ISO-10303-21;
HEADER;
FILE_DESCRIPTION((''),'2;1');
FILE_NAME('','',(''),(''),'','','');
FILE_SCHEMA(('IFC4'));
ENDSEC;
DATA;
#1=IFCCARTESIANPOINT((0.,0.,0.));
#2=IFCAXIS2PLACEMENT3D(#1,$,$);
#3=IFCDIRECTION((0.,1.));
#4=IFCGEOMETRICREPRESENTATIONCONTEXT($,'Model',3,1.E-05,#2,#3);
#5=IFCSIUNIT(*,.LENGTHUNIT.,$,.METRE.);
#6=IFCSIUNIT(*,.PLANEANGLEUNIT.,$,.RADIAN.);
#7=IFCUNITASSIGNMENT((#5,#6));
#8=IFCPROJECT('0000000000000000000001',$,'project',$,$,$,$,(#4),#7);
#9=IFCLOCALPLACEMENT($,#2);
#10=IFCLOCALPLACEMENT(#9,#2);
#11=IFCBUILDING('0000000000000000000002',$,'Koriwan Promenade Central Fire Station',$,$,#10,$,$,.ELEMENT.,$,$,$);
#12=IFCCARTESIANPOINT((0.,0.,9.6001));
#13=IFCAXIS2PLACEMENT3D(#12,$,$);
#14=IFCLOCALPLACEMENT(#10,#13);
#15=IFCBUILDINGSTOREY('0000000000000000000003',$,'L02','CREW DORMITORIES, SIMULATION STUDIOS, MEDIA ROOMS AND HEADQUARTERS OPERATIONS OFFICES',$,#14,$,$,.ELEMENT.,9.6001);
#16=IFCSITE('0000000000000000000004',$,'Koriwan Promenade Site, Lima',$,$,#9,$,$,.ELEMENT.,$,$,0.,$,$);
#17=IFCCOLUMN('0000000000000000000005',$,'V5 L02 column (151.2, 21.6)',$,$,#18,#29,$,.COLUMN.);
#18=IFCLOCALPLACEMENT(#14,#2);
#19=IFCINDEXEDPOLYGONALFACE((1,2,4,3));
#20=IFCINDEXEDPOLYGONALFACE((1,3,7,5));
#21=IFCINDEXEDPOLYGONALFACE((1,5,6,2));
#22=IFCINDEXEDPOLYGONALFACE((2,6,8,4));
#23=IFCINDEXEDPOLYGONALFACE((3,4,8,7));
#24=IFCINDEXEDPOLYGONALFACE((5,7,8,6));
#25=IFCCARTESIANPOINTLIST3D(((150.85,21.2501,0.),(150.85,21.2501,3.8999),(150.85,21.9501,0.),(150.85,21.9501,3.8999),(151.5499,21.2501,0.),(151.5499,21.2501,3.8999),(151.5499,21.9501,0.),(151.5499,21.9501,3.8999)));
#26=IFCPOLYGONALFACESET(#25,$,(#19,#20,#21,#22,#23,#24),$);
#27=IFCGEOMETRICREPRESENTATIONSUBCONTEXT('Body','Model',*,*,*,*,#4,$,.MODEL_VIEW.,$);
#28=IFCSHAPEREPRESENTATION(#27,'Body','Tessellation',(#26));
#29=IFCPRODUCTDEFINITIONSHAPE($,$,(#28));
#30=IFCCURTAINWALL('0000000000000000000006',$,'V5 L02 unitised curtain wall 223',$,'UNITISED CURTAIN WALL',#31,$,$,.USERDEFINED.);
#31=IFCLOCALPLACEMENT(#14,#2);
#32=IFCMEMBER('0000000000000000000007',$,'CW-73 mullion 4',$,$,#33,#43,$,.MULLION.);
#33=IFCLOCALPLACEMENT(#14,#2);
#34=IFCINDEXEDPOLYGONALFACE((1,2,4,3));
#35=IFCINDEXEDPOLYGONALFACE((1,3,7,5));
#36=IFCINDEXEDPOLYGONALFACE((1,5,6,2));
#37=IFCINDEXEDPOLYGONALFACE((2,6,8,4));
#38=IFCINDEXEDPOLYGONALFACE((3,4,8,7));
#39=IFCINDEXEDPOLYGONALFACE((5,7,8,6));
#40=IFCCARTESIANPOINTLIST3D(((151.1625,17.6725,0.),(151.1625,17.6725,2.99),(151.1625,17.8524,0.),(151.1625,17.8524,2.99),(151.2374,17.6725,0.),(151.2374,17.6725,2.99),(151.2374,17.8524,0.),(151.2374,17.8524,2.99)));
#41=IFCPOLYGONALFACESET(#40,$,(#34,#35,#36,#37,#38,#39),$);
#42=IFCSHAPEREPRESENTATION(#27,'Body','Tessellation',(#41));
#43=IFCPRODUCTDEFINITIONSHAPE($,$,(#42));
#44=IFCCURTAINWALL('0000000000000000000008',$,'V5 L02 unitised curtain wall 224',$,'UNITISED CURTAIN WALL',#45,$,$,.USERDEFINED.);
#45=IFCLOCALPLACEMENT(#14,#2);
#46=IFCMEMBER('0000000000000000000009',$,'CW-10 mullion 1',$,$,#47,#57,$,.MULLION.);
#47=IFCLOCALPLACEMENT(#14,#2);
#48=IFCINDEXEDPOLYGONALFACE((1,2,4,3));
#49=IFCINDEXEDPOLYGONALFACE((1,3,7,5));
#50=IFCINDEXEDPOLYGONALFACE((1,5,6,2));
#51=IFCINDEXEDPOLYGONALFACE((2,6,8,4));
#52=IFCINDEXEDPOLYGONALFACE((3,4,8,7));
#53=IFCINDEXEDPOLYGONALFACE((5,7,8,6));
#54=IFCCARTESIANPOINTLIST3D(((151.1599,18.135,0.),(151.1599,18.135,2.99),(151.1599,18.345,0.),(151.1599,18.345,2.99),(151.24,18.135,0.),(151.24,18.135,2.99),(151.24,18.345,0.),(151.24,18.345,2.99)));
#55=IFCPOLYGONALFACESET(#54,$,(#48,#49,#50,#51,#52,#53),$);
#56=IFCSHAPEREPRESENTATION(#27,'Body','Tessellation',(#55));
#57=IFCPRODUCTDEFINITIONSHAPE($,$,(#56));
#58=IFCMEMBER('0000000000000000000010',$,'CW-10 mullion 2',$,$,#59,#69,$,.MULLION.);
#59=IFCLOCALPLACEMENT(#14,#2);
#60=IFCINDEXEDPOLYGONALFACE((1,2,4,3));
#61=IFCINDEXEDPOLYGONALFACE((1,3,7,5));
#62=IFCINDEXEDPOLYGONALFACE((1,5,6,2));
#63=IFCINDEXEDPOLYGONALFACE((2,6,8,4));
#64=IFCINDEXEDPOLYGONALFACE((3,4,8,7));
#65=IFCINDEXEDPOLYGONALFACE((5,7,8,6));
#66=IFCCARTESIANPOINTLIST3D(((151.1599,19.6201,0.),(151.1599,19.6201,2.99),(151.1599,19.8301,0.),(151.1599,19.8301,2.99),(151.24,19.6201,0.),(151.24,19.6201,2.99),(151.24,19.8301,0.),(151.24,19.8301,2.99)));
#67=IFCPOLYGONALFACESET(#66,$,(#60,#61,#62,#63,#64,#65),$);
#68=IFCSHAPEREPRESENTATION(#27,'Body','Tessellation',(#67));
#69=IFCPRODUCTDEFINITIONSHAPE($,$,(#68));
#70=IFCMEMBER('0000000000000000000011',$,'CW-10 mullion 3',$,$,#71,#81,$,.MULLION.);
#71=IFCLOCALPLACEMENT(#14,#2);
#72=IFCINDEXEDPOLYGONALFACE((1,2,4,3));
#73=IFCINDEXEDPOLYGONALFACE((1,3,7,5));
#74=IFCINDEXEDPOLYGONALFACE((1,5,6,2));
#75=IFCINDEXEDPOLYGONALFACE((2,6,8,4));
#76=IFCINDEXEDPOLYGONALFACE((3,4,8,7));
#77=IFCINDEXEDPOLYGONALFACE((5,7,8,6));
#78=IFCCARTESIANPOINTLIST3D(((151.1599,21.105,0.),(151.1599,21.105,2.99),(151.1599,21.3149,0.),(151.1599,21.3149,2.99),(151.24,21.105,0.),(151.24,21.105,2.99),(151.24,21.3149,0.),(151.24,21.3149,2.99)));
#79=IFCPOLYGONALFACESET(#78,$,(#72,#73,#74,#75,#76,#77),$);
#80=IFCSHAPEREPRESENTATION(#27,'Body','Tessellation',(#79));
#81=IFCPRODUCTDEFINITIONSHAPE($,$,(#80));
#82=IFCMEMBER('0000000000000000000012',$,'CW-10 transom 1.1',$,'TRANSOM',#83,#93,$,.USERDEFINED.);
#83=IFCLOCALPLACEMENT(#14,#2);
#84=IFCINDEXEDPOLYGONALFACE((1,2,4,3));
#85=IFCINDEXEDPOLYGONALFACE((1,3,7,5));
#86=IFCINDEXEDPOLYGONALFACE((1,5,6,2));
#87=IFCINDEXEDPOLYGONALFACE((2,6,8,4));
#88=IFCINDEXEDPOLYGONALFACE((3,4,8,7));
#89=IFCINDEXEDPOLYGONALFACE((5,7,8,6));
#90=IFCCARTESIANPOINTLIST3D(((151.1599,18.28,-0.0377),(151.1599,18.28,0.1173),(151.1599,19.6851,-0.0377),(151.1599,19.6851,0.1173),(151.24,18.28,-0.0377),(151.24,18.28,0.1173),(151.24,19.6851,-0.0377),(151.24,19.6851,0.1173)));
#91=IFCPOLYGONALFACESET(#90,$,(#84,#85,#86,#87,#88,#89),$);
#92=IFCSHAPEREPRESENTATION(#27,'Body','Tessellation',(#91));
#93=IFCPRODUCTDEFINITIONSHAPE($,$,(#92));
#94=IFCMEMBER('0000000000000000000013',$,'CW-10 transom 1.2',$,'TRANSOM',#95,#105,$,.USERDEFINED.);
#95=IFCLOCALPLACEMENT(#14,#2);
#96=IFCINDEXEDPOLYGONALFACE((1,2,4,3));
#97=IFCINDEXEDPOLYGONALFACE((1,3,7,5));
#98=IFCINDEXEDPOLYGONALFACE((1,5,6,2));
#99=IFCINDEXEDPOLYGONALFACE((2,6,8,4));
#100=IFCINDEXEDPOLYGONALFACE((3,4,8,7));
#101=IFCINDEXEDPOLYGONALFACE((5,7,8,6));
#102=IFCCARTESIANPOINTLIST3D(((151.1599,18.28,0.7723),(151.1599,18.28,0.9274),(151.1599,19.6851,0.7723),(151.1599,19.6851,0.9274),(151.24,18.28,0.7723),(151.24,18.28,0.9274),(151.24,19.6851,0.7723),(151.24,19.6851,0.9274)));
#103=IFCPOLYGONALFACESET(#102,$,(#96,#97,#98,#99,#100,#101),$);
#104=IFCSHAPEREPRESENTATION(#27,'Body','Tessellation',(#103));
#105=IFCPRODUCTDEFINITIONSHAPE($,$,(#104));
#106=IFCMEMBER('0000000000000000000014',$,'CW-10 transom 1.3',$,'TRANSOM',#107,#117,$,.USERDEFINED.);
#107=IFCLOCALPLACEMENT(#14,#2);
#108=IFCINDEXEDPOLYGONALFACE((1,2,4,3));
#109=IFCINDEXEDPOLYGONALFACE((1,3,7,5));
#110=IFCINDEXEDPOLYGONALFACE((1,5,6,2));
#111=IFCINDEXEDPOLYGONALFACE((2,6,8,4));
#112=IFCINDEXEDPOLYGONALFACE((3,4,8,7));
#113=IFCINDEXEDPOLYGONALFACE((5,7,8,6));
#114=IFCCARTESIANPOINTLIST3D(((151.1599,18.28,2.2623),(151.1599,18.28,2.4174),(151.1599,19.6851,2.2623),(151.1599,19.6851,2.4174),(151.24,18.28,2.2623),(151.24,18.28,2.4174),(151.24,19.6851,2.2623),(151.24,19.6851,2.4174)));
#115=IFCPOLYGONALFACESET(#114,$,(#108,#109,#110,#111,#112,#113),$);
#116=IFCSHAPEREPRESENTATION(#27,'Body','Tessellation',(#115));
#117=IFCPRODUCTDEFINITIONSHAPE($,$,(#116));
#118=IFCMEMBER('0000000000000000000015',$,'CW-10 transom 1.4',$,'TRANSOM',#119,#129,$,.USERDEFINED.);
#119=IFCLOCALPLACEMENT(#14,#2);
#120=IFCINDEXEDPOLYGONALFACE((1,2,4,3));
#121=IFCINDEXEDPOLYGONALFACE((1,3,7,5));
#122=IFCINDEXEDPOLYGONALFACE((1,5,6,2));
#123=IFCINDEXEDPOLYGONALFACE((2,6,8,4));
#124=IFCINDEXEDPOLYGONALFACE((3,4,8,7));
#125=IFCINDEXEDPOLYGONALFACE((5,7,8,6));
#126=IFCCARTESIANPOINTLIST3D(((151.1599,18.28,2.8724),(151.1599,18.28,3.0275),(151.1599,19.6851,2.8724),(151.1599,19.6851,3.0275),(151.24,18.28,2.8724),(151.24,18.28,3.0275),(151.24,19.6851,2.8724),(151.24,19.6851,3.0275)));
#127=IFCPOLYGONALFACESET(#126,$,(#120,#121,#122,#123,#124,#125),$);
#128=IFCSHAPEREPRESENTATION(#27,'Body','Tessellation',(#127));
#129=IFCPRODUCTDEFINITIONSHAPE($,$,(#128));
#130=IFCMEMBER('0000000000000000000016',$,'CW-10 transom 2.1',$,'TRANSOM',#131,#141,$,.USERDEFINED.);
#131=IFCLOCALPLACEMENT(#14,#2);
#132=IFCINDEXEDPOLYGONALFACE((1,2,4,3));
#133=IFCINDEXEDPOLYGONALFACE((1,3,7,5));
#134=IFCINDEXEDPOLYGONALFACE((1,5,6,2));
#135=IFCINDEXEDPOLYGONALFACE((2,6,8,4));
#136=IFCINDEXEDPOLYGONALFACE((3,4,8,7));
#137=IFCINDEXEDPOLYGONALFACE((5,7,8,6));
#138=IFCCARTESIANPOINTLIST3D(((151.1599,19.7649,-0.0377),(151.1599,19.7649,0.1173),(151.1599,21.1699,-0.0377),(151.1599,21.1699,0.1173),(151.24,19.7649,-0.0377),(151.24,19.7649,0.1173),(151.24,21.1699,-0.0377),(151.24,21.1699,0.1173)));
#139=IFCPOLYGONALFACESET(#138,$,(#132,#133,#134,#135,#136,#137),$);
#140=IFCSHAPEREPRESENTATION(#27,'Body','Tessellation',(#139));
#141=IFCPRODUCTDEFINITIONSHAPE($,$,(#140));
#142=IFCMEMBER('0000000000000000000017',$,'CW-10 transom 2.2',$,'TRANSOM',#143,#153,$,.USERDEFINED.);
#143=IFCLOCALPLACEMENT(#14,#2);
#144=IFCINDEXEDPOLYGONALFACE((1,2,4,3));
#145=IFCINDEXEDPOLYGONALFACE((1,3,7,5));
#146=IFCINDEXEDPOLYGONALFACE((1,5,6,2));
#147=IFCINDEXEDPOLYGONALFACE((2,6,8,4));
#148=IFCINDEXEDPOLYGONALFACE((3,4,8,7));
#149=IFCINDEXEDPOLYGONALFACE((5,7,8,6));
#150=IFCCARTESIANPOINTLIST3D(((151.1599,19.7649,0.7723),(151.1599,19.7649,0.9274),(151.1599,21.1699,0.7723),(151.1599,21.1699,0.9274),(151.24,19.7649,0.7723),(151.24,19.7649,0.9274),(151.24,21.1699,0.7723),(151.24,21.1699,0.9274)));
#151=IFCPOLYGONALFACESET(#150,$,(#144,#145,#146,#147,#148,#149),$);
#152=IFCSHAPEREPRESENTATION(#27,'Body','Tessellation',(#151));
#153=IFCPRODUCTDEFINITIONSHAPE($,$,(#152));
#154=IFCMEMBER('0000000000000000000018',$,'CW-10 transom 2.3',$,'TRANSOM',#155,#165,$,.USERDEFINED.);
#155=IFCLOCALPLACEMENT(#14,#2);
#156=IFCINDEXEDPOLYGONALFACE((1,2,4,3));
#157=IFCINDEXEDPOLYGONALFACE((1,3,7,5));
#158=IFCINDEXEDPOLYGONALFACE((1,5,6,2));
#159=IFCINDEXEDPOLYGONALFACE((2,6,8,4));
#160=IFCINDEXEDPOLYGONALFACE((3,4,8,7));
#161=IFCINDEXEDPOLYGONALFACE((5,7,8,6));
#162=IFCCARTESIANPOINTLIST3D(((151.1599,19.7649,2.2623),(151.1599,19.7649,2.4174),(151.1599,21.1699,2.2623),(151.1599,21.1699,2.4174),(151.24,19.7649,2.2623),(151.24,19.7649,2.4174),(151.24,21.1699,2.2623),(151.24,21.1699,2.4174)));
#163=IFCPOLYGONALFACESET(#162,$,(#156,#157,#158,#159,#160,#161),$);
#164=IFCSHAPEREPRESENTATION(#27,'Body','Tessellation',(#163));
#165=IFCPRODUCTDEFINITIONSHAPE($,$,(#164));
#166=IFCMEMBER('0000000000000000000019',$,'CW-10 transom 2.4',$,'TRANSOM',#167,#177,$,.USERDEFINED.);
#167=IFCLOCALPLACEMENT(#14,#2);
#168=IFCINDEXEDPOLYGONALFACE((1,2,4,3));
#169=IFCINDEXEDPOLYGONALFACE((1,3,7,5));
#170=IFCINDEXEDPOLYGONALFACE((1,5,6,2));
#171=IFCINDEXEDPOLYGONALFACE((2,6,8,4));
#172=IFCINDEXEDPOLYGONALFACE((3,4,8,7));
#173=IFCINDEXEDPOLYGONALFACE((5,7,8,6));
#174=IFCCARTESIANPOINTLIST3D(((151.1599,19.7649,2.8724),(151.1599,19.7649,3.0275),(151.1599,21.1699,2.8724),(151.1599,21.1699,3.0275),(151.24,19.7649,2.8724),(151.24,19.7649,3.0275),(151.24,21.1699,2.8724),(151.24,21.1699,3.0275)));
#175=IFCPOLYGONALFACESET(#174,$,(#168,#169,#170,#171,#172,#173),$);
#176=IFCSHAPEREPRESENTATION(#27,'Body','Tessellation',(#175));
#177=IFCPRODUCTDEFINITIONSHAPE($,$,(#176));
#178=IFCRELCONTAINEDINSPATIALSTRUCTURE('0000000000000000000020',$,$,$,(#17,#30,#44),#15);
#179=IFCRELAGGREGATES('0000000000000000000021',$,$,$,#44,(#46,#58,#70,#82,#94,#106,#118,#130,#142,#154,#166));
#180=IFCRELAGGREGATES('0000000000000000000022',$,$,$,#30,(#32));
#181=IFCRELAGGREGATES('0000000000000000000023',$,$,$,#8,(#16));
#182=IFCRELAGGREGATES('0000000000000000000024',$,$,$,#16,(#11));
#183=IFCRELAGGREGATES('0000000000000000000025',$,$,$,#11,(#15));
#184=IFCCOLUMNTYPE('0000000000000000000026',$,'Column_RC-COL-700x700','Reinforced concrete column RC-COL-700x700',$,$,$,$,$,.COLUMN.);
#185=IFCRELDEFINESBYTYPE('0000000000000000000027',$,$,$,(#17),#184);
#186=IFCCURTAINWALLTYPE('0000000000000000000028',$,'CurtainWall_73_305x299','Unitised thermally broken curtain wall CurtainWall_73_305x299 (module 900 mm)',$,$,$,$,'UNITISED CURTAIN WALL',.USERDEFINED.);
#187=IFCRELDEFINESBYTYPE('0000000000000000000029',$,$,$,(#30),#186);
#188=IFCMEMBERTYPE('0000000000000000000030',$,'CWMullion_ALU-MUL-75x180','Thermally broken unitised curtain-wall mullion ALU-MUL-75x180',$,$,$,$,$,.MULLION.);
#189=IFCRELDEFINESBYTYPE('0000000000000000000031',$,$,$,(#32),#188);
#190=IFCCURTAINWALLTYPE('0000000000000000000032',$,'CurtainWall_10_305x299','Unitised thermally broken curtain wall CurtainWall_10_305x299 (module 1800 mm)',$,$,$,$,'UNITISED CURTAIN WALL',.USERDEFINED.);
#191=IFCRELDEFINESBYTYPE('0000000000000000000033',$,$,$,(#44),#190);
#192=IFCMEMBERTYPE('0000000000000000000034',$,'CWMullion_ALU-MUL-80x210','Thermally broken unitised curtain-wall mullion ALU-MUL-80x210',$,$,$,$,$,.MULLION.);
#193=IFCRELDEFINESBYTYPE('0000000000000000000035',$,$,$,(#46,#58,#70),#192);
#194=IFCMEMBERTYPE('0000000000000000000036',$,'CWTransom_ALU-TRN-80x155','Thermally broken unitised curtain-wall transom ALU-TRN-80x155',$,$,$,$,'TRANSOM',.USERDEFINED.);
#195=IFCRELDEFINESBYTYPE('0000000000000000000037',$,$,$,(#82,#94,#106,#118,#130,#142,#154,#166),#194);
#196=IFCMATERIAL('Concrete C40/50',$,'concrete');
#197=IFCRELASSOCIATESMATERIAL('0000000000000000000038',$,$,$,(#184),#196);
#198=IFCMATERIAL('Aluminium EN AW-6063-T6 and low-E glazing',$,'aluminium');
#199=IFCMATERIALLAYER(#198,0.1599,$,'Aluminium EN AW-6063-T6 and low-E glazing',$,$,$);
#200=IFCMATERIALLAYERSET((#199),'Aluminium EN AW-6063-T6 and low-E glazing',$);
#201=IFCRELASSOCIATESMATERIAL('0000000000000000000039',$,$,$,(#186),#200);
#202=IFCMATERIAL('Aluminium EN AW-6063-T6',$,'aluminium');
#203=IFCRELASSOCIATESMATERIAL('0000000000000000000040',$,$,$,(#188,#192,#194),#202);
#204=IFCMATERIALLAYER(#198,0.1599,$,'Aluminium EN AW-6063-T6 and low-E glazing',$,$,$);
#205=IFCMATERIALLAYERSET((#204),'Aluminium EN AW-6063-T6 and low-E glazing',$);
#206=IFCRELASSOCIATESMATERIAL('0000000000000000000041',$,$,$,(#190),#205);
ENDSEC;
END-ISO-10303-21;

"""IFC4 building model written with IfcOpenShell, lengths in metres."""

from ifc_helpers import new_model, si_unit, direction, frame, origin, origin_2d, place, context, subcontext, project, spatial, rectangle, extrude, material, layer, layer_set, material_profile, profile_set, type_object, element, aggregate, save


model = new_model("IFC4")

# Units and contexts
model_context = context("Model", 3, precision=1e-05, world=origin(), true_north=direction((0.0, 1.0)))
body_context = subcontext(model_context, "Body", "Model", "MODEL_VIEW")
ifc_project = project(units=[si_unit("LENGTHUNIT", "METRE"), si_unit("PLANEANGLEUNIT", "RADIAN")], contexts=[model_context])

# Site, building, storey
site_placement = place(None, origin())
site = spatial("IfcSite", under=ifc_project, at=site_placement, Name="Koriwan Promenade Site, Lima", CompositionType="ELEMENT", RefElevation=0.0)
building_placement = place(site_placement, origin())
building = spatial("IfcBuilding", under=site, at=building_placement, Name="Koriwan Promenade Central Fire Station", CompositionType="ELEMENT")
storey_placement = place(building_placement, frame((0.0, 0.0, 9.6001)))
storey = spatial("IfcBuildingStorey", under=building, at=storey_placement, Name="L02", Description="CREW DORMITORIES, SIMULATION STUDIOS, MEDIA ROOMS AND HEADQUARTERS OPERATIONS OFFICES", CompositionType="ELEMENT", Elevation=9.6001)

# Column
ifc_material_1 = material(Name="Concrete C40/50", Category="concrete")
ifc_material_profile_1 = material_profile(ifc_material_1, rectangle(XDim=0.7, YDim=0.7, at=origin_2d()), Name="RC-COL-700x700")
ifc_profile_set_1 = profile_set([ifc_material_profile_1], Name="Concrete C40/50")
column_type = type_object("IfcColumnType", Name="Column_RC-COL-700x700", Description="Reinforced concrete column RC-COL-700x700", PredefinedType="COLUMN", material=ifc_profile_set_1)
column_placement = place(storey_placement, frame((151.2, 21.6001, 0.0), z_axis=(0.0, 0.0, 1.0), x_axis=(1.0, 0.0, 0.0)))
element("IfcColumn", 1, at=column_placement, inside=storey, type_object=column_type, Name="V5 L02 column (151.2, 21.6)", PredefinedType="COLUMN", context=body_context, shape_type="SweptSolid", body=[
    extrude(rectangle(XDim=0.7, YDim=0.7, at=origin_2d()), origin(), (0.0, 0.0, 1.0), 3.8999),
])

# Curtain wall, member
ifc_material_2 = material(Name="Aluminium EN AW-6063-T6 and low-E glazing", Category="aluminium")
ifc_layer_1 = layer(ifc_material_2, 0.1599, Name="Aluminium EN AW-6063-T6 and low-E glazing")
ifc_layer_set_1 = layer_set([ifc_layer_1], Name="Aluminium EN AW-6063-T6 and low-E glazing")
curtain_wall_type_1 = type_object("IfcCurtainWallType", Name="CurtainWall_73_305x299", Description="Unitised thermally broken curtain wall CurtainWall_73_305x299 (module 900 mm)", ElementType="UNITISED CURTAIN WALL", PredefinedType="USERDEFINED", material=ifc_layer_set_1)
curtain_wall_1_placement = place(storey_placement, origin())
curtain_wall_1 = element("IfcCurtainWall", 2, at=curtain_wall_1_placement, inside=storey, type_object=curtain_wall_type_1, Name="V5 L02 unitised curtain wall 223", ObjectType="UNITISED CURTAIN WALL", PredefinedType="USERDEFINED")
ifc_material_3 = material(Name="Aluminium EN AW-6063-T6", Category="aluminium")
ifc_material_profile_2 = material_profile(ifc_material_3, rectangle(XDim=0.075, YDim=0.1799, at=origin_2d()), Name="ALU-MUL-75x180")
ifc_profile_set_2 = profile_set([ifc_material_profile_2], Name="Aluminium EN AW-6063-T6")
member_type_1 = type_object("IfcMemberType", Name="CWMullion_ALU-MUL-75x180", Description="Thermally broken unitised curtain-wall mullion ALU-MUL-75x180", PredefinedType="MULLION", material=ifc_profile_set_2)
member_1_placement = place(storey_placement, frame((151.2, 17.7625, 0.0), z_axis=(0.0, 0.0, 1.0), x_axis=(-1.0, 0.0, 0.0)))
member_1 = element("IfcMember", 3, at=member_1_placement, type_object=member_type_1, Name="CW-73 mullion 4", PredefinedType="MULLION", context=body_context, shape_type="SweptSolid", body=[
    extrude(rectangle(XDim=0.075, YDim=0.1799, at=origin_2d()), origin(), (0.0, 0.0, 1.0), 2.99),
])

# Curtain wall, members
ifc_layer_2 = layer(ifc_material_2, 0.1599, Name="Aluminium EN AW-6063-T6 and low-E glazing")
ifc_layer_set_2 = layer_set([ifc_layer_2], Name="Aluminium EN AW-6063-T6 and low-E glazing")
curtain_wall_type_2 = type_object("IfcCurtainWallType", Name="CurtainWall_10_305x299", Description="Unitised thermally broken curtain wall CurtainWall_10_305x299 (module 1800 mm)", ElementType="UNITISED CURTAIN WALL", PredefinedType="USERDEFINED", material=ifc_layer_set_2)
curtain_wall_2_placement = place(storey_placement, origin())
curtain_wall_2 = element("IfcCurtainWall", 4, at=curtain_wall_2_placement, inside=storey, type_object=curtain_wall_type_2, Name="V5 L02 unitised curtain wall 224", ObjectType="UNITISED CURTAIN WALL", PredefinedType="USERDEFINED")
ifc_material_profile_3 = material_profile(ifc_material_3, rectangle(XDim=0.0801, YDim=0.21, at=origin_2d()), Name="ALU-MUL-80x210")
ifc_profile_set_3 = profile_set([ifc_material_profile_3], Name="Aluminium EN AW-6063-T6")
member_type_2 = type_object("IfcMemberType", Name="CWMullion_ALU-MUL-80x210", Description="Thermally broken unitised curtain-wall mullion ALU-MUL-80x210", PredefinedType="MULLION", material=ifc_profile_set_3)
member_2_placement = place(storey_placement, frame((151.2, 18.24, 0.0), z_axis=(0.0, 0.0, 1.0), x_axis=(-1.0, 0.0, 0.0)))
member_2 = element("IfcMember", 5, at=member_2_placement, type_object=member_type_2, Name="CW-10 mullion 1", PredefinedType="MULLION", context=body_context, shape_type="SweptSolid", body=[
    extrude(rectangle(XDim=0.0801, YDim=0.21, at=origin_2d()), origin(), (0.0, 0.0, 1.0), 2.99),
])
member_3_placement = place(storey_placement, frame((151.2, 19.7251, 0.0), z_axis=(0.0, 0.0, 1.0), x_axis=(-1.0, 0.0, 0.0)))
member_3 = element("IfcMember", 6, at=member_3_placement, type_object=member_type_2, Name="CW-10 mullion 2", PredefinedType="MULLION", context=body_context, shape_type="SweptSolid", body=[
    extrude(rectangle(XDim=0.0801, YDim=0.21, at=origin_2d()), origin(), (0.0, 0.0, 1.0), 2.99),
])
member_4_placement = place(storey_placement, frame((151.2, 21.21, 0.0), z_axis=(0.0, 0.0, 1.0), x_axis=(-1.0, 0.0, 0.0)))
member_4 = element("IfcMember", 7, at=member_4_placement, type_object=member_type_2, Name="CW-10 mullion 3", PredefinedType="MULLION", context=body_context, shape_type="SweptSolid", body=[
    extrude(rectangle(XDim=0.0801, YDim=0.21, at=origin_2d()), origin(), (0.0, 0.0, 1.0), 2.99),
])
ifc_material_profile_4 = material_profile(ifc_material_3, rectangle(XDim=0.0801, YDim=0.155, at=origin_2d()), Name="ALU-TRN-80x155")
ifc_profile_set_4 = profile_set([ifc_material_profile_4], Name="Aluminium EN AW-6063-T6")
member_type_3 = type_object("IfcMemberType", Name="CWTransom_ALU-TRN-80x155", Description="Thermally broken unitised curtain-wall transom ALU-TRN-80x155", ElementType="TRANSOM", PredefinedType="USERDEFINED", material=ifc_profile_set_4)
member_5_placement = place(storey_placement, frame((151.2, 18.28, 0.0398), z_axis=(0.0, 1.0, 0.0), x_axis=(-1.0, 0.0, 0.0)))
member_5 = element("IfcMember", 8, at=member_5_placement, type_object=member_type_3, Name="CW-10 transom 1.1", ObjectType="TRANSOM", PredefinedType="USERDEFINED", context=body_context, shape_type="SweptSolid", body=[
    extrude(rectangle(XDim=0.0801, YDim=0.155, at=origin_2d()), origin(), (0.0, 0.0, 1.0), 1.405),
])
member_6_placement = place(storey_placement, frame((151.2, 18.28, 0.8499), z_axis=(0.0, 1.0, 0.0), x_axis=(-1.0, 0.0, 0.0)))
member_6 = element("IfcMember", 9, at=member_6_placement, type_object=member_type_3, Name="CW-10 transom 1.2", ObjectType="TRANSOM", PredefinedType="USERDEFINED", context=body_context, shape_type="SweptSolid", body=[
    extrude(rectangle(XDim=0.0801, YDim=0.155, at=origin_2d()), origin(), (0.0, 0.0, 1.0), 1.405),
])
member_7_placement = place(storey_placement, frame((151.2, 18.28, 2.3398), z_axis=(0.0, 1.0, 0.0), x_axis=(-1.0, 0.0, 0.0)))
member_7 = element("IfcMember", 10, at=member_7_placement, type_object=member_type_3, Name="CW-10 transom 1.3", ObjectType="TRANSOM", PredefinedType="USERDEFINED", context=body_context, shape_type="SweptSolid", body=[
    extrude(rectangle(XDim=0.0801, YDim=0.155, at=origin_2d()), origin(), (0.0, 0.0, 1.0), 1.405),
])
member_8_placement = place(storey_placement, frame((151.2, 18.28, 2.95), z_axis=(0.0, 1.0, 0.0), x_axis=(-1.0, 0.0, 0.0)))
member_8 = element("IfcMember", 11, at=member_8_placement, type_object=member_type_3, Name="CW-10 transom 1.4", ObjectType="TRANSOM", PredefinedType="USERDEFINED", context=body_context, shape_type="SweptSolid", body=[
    extrude(rectangle(XDim=0.0801, YDim=0.155, at=origin_2d()), origin(), (0.0, 0.0, 1.0), 1.405),
])
member_9_placement = place(storey_placement, frame((151.2, 19.7649, 0.0398), z_axis=(0.0, 1.0, 0.0), x_axis=(-1.0, 0.0, 0.0)))
member_9 = element("IfcMember", 12, at=member_9_placement, type_object=member_type_3, Name="CW-10 transom 2.1", ObjectType="TRANSOM", PredefinedType="USERDEFINED", context=body_context, shape_type="SweptSolid", body=[
    extrude(rectangle(XDim=0.0801, YDim=0.155, at=origin_2d()), origin(), (0.0, 0.0, 1.0), 1.405),
])
member_10_placement = place(storey_placement, frame((151.2, 19.7649, 0.8499), z_axis=(0.0, 1.0, 0.0), x_axis=(-1.0, 0.0, 0.0)))
member_10 = element("IfcMember", 13, at=member_10_placement, type_object=member_type_3, Name="CW-10 transom 2.2", ObjectType="TRANSOM", PredefinedType="USERDEFINED", context=body_context, shape_type="SweptSolid", body=[
    extrude(rectangle(XDim=0.0801, YDim=0.155, at=origin_2d()), origin(), (0.0, 0.0, 1.0), 1.405),
])
member_11_placement = place(storey_placement, frame((151.2, 19.7649, 2.3398), z_axis=(0.0, 1.0, 0.0), x_axis=(-1.0, 0.0, 0.0)))
member_11 = element("IfcMember", 14, at=member_11_placement, type_object=member_type_3, Name="CW-10 transom 2.3", ObjectType="TRANSOM", PredefinedType="USERDEFINED", context=body_context, shape_type="SweptSolid", body=[
    extrude(rectangle(XDim=0.0801, YDim=0.155, at=origin_2d()), origin(), (0.0, 0.0, 1.0), 1.405),
])
member_12_placement = place(storey_placement, frame((151.2, 19.7649, 2.95), z_axis=(0.0, 1.0, 0.0), x_axis=(-1.0, 0.0, 0.0)))
member_12 = element("IfcMember", 15, at=member_12_placement, type_object=member_type_3, Name="CW-10 transom 2.4", ObjectType="TRANSOM", PredefinedType="USERDEFINED", context=body_context, shape_type="SweptSolid", body=[
    extrude(rectangle(XDim=0.0801, YDim=0.155, at=origin_2d()), origin(), (0.0, 0.0, 1.0), 1.405),
])

aggregate(curtain_wall_2, [member_2, member_3, member_4, member_5, member_6, member_7, member_8, member_9, member_10, member_11, member_12])
aggregate(curtain_wall_1, [member_1])

save(model, "model.ifc")
